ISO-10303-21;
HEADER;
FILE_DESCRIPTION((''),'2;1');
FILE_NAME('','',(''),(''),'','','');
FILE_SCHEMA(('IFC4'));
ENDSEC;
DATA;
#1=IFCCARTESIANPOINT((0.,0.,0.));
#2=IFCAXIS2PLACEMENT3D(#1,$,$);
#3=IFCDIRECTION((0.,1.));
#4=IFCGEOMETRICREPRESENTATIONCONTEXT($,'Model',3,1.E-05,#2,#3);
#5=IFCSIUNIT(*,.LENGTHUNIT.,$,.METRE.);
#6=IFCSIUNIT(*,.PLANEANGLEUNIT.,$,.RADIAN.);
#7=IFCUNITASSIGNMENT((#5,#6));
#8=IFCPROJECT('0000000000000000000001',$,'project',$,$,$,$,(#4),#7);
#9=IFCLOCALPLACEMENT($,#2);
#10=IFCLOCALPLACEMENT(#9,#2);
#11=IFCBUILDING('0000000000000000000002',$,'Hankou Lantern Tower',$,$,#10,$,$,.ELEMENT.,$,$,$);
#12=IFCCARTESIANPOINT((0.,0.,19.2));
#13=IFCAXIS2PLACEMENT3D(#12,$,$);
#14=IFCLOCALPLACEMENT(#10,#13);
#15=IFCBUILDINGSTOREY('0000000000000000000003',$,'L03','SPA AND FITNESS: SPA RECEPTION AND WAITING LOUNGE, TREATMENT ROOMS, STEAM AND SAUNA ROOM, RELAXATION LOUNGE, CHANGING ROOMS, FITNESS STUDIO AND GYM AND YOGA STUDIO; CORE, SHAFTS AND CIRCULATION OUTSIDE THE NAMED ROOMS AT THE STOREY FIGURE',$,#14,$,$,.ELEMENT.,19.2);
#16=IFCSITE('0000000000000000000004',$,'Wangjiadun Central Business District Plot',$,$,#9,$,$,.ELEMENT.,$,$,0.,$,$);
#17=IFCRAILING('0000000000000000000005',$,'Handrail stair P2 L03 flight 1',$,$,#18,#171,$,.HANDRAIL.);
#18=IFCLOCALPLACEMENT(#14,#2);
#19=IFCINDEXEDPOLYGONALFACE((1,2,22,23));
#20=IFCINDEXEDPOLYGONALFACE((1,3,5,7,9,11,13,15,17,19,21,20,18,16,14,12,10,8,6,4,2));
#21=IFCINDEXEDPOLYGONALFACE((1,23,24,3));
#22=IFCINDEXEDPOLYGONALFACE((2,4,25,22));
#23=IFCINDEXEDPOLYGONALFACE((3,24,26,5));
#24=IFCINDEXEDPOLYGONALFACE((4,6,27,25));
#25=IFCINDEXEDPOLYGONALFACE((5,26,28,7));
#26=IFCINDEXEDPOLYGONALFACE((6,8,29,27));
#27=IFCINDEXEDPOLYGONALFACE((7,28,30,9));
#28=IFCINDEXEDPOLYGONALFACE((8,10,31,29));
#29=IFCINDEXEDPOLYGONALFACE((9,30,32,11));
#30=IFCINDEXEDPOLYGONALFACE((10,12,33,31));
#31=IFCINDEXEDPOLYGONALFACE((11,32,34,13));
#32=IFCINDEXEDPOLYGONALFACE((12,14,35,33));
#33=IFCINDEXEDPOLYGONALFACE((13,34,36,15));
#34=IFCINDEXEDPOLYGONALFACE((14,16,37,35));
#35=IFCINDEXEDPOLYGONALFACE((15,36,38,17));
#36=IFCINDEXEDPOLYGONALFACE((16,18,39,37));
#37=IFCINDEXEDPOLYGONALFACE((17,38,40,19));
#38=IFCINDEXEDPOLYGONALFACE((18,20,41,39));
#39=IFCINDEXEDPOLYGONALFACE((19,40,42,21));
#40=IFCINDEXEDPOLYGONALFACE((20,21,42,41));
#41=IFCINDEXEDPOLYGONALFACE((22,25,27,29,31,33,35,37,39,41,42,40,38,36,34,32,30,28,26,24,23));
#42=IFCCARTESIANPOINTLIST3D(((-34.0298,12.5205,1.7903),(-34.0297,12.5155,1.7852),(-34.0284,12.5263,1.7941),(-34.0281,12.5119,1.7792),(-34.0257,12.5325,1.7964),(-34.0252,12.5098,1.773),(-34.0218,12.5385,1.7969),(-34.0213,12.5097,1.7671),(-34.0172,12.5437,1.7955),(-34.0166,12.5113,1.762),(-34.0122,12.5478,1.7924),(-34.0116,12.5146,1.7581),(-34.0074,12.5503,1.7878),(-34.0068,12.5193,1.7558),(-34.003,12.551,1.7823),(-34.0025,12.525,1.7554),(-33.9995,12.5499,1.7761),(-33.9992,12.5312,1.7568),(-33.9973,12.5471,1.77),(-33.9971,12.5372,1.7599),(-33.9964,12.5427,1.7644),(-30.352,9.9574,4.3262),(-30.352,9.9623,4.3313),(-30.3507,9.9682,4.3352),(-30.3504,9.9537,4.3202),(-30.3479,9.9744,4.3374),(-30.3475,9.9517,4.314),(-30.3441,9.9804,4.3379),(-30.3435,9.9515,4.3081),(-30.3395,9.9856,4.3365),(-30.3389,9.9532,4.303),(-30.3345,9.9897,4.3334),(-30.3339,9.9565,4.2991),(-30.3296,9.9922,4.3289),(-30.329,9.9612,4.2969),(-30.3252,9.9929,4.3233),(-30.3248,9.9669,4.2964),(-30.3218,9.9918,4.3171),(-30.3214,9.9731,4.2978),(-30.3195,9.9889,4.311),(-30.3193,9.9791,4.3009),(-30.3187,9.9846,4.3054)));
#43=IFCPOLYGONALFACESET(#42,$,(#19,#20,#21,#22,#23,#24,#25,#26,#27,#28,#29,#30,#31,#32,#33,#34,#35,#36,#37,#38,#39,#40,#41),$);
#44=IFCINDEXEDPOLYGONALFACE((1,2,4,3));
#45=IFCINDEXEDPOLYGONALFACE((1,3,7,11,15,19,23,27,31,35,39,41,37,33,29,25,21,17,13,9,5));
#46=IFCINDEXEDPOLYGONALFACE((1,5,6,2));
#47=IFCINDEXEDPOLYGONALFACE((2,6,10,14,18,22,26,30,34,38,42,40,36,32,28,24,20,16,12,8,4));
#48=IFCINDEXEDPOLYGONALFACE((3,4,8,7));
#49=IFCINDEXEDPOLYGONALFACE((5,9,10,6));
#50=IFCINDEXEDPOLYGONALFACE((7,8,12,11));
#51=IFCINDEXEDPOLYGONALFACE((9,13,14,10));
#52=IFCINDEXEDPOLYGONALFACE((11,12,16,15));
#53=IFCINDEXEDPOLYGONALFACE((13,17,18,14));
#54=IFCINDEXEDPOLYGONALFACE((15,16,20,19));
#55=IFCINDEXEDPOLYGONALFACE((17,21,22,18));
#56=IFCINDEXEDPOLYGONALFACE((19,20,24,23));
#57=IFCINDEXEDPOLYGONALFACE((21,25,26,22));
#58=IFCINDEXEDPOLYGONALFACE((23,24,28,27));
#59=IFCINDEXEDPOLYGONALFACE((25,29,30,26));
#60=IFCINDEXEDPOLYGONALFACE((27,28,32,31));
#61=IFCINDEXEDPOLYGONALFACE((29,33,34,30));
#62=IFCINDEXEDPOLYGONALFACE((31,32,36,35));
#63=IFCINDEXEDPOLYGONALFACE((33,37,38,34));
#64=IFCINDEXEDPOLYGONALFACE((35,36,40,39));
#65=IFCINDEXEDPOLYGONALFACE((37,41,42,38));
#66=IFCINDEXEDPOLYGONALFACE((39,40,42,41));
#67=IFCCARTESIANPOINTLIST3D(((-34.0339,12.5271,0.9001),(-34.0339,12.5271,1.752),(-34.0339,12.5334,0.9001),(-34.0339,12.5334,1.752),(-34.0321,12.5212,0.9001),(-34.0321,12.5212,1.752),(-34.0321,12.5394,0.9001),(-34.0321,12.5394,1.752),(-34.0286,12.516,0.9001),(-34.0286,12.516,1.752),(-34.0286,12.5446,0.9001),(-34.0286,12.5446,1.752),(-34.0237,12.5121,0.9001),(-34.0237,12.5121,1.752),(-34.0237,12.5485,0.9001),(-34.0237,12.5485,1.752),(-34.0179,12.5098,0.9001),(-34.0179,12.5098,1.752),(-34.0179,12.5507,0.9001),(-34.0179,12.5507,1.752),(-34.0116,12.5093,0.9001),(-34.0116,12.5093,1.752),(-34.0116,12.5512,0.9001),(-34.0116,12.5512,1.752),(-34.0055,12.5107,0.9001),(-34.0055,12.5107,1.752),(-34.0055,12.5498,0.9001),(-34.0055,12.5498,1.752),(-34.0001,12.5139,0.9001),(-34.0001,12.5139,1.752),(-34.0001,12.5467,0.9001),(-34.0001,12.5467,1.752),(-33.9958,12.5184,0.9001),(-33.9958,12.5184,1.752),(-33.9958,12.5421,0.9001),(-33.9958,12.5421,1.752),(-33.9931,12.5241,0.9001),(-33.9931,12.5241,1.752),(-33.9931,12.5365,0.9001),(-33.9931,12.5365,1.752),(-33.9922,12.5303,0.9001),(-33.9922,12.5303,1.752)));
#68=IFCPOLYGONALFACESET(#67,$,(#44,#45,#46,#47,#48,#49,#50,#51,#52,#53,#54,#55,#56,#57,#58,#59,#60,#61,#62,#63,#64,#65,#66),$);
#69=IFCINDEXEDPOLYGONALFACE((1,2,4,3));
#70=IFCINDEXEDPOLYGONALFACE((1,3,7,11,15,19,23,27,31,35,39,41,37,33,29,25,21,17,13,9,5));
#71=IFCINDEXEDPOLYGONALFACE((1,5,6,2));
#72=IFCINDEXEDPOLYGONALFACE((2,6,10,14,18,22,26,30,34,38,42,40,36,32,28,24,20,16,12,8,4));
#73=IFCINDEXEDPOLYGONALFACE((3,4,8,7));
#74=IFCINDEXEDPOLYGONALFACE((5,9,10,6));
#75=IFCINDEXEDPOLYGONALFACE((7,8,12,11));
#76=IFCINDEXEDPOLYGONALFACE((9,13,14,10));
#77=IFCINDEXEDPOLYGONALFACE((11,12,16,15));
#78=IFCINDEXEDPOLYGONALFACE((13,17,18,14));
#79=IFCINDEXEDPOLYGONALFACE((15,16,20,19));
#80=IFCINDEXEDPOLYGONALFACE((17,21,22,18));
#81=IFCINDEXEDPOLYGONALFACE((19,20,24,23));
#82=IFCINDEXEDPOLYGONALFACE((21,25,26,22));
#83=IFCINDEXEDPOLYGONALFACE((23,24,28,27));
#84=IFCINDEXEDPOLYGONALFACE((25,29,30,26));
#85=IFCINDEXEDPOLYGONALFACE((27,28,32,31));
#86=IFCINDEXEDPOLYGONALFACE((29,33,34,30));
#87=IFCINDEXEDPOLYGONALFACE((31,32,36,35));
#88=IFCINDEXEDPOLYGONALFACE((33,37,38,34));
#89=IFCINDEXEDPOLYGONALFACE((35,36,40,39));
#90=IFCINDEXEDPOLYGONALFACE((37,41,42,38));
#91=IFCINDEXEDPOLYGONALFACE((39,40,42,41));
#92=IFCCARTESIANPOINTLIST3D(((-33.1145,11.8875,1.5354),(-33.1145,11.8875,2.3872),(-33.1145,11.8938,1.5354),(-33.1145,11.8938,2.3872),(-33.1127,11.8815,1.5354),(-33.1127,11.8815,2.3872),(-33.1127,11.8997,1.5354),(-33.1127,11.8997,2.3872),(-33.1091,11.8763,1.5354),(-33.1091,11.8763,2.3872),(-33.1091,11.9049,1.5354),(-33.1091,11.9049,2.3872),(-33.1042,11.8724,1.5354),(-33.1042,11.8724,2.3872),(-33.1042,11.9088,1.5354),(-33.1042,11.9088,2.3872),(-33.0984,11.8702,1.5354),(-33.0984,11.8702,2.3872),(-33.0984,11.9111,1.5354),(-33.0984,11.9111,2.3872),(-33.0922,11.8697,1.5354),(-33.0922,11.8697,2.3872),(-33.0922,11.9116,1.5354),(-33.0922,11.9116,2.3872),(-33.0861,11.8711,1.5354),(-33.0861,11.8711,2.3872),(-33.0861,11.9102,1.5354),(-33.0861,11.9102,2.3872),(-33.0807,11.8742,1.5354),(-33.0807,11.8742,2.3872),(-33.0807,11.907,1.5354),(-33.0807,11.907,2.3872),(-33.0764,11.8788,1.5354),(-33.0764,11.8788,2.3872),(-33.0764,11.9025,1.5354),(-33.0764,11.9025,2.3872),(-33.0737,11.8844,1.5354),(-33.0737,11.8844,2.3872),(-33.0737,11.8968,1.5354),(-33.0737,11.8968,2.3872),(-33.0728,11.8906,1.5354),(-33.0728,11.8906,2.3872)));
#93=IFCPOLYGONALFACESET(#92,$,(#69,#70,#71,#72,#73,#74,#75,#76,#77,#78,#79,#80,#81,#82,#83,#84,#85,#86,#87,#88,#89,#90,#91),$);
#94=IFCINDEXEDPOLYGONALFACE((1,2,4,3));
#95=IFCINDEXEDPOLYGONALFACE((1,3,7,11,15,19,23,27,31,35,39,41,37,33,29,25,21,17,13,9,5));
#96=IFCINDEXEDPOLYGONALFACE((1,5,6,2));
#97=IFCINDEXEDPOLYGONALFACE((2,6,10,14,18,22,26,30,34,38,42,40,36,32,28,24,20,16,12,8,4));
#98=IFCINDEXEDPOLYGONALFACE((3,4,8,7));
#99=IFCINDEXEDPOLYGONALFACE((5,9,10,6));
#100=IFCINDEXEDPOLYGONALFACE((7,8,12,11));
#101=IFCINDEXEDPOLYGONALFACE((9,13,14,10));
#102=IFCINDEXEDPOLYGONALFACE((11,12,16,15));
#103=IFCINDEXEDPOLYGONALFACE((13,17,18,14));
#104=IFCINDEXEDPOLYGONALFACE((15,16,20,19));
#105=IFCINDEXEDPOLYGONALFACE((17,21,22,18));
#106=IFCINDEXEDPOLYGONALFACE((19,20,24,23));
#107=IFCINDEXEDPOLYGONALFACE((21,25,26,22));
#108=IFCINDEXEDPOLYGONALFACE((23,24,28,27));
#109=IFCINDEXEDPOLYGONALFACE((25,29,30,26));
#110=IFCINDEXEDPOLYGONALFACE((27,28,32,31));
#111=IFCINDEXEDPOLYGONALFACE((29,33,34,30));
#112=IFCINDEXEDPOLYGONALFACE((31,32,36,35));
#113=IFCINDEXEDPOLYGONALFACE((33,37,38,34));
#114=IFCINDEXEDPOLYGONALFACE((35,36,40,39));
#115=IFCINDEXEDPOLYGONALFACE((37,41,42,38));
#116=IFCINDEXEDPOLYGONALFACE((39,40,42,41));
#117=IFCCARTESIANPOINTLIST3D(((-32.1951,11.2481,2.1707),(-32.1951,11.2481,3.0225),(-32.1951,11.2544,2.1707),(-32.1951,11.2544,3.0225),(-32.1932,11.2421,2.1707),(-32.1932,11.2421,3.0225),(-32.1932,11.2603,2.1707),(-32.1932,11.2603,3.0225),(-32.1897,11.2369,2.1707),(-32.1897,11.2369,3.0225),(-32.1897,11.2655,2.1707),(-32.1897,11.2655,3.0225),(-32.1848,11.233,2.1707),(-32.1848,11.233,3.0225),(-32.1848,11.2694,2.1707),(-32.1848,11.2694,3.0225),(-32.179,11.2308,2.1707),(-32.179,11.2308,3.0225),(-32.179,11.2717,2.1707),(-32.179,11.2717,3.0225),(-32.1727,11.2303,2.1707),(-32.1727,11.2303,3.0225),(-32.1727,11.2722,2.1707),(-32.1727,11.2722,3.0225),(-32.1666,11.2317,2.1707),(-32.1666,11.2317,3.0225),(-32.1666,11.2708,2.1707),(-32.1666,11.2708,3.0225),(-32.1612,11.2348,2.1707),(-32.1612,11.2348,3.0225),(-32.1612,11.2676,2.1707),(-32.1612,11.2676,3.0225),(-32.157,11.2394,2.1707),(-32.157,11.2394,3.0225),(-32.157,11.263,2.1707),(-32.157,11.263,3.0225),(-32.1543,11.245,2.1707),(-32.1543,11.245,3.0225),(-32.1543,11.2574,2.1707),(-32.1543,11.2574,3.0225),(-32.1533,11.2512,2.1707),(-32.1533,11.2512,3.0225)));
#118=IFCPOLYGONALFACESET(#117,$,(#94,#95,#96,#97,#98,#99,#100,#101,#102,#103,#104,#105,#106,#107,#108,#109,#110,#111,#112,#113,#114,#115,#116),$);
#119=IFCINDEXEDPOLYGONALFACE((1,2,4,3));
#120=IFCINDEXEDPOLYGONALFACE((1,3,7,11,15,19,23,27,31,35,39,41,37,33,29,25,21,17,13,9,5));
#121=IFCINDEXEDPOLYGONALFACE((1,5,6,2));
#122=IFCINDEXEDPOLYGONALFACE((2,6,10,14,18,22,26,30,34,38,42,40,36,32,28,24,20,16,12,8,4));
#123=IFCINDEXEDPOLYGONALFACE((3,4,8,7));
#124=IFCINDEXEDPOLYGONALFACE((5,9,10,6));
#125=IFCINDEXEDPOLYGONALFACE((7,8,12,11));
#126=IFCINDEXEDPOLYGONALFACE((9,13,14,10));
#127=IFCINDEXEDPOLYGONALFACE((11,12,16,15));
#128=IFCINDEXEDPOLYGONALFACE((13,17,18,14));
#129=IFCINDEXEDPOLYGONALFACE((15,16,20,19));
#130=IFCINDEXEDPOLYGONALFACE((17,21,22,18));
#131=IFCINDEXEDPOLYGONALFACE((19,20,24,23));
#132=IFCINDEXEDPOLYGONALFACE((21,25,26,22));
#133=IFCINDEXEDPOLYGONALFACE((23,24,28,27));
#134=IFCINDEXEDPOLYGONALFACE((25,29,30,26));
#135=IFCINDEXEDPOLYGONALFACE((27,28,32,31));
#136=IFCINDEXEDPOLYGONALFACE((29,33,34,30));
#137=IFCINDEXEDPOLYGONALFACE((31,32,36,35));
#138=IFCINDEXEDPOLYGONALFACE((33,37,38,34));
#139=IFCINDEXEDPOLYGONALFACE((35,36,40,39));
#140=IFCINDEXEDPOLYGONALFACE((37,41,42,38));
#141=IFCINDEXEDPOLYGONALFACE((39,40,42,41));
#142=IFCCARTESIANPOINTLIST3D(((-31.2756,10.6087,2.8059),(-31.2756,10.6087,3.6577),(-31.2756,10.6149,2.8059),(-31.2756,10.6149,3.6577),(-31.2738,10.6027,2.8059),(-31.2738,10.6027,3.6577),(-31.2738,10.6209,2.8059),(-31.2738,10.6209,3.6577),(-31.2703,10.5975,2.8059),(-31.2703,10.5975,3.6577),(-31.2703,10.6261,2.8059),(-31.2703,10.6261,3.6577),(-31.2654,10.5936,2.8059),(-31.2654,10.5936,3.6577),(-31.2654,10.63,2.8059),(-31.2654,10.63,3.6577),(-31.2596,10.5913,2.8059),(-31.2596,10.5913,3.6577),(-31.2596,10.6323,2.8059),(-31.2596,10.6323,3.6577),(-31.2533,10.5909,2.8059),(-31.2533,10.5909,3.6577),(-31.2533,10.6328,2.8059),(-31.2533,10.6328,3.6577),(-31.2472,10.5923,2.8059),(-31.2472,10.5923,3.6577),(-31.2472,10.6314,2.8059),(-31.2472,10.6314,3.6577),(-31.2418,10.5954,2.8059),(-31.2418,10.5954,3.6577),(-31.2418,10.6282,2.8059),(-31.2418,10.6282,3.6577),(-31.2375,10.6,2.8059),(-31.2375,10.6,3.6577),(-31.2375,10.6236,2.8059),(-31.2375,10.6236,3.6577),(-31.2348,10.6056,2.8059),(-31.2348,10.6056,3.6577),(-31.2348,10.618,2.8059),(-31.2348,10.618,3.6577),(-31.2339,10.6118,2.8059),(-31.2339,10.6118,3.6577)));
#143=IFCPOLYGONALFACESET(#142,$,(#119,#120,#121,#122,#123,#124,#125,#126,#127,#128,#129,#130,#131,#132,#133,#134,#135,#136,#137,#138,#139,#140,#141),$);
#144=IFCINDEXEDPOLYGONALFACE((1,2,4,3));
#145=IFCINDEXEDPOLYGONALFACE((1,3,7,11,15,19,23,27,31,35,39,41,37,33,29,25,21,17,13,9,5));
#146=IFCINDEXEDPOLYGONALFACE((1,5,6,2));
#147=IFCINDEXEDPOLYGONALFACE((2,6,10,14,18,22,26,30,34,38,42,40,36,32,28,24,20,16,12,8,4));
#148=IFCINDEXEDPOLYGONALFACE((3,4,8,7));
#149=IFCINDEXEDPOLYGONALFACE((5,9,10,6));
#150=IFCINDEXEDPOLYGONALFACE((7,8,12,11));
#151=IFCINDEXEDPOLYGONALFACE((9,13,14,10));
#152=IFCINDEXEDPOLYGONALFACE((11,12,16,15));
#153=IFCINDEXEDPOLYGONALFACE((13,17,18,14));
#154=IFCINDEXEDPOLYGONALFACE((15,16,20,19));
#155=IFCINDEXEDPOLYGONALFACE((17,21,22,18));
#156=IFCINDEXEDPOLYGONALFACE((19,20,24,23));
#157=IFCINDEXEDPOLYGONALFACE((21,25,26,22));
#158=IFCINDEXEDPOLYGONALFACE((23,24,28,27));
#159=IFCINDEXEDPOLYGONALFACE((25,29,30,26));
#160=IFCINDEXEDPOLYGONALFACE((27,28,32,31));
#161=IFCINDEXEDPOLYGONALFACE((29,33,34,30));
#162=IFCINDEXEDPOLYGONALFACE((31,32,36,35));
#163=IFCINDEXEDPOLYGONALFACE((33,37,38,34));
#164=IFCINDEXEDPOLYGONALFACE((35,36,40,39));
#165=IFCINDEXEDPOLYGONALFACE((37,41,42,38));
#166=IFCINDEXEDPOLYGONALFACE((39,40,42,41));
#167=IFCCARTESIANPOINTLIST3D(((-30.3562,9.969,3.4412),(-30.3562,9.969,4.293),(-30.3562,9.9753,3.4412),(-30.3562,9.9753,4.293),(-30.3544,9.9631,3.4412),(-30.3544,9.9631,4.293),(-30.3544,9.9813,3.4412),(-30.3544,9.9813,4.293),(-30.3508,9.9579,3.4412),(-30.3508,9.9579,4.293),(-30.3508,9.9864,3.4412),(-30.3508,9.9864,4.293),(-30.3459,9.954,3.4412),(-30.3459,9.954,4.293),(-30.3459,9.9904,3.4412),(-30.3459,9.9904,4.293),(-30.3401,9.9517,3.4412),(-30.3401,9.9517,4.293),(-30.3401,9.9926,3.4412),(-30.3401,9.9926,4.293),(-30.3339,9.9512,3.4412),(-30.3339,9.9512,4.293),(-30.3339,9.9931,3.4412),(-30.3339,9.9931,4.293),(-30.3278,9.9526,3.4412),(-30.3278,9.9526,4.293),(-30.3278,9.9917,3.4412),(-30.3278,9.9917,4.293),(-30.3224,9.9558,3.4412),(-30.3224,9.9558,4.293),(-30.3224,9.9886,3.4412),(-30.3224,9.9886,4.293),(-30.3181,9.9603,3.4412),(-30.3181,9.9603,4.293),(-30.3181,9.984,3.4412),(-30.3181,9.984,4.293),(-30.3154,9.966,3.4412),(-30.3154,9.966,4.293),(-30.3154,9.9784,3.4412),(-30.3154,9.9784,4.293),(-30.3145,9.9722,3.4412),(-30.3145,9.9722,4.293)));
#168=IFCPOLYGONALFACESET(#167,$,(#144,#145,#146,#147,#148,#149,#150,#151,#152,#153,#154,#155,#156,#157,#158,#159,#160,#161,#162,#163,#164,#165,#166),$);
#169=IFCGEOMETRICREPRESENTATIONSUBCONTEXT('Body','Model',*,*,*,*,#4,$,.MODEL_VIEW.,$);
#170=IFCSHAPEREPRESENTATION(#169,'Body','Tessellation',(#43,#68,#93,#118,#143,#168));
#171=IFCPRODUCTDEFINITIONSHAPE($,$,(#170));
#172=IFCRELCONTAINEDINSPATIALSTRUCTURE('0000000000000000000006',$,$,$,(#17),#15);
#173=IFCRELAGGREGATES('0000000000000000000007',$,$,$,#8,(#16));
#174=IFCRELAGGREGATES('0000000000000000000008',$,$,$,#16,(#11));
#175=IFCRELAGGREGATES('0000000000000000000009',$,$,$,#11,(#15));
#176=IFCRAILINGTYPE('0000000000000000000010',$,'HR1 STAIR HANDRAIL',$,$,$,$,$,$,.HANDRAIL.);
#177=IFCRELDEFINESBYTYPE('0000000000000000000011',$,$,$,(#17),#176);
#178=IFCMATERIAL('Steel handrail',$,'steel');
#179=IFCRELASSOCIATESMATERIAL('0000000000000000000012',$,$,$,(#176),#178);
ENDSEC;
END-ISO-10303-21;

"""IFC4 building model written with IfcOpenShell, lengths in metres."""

from ifc_helpers import new_model, si_unit, direction, frame, origin, origin_2d, place, context, subcontext, project, spatial, circle, extrude, material, type_object, element, save


model = new_model("IFC4")

# Units and contexts
model_context = context("Model", 3, precision=1e-05, world=origin(), true_north=direction((0.0, 1.0)))
body_context = subcontext(model_context, "Body", "Model", "MODEL_VIEW")
ifc_project = project(units=[si_unit("LENGTHUNIT", "METRE"), si_unit("PLANEANGLEUNIT", "RADIAN")], contexts=[model_context])

# Site, building, storey
site_placement = place(None, origin())
site = spatial("IfcSite", under=ifc_project, at=site_placement, Name="Wangjiadun Central Business District Plot", CompositionType="ELEMENT", RefElevation=0.0)
building_placement = place(site_placement, origin())
building = spatial("IfcBuilding", under=site, at=building_placement, Name="Hankou Lantern Tower", CompositionType="ELEMENT")
storey_placement = place(building_placement, frame((0.0, 0.0, 19.2)))
storey = spatial("IfcBuildingStorey", under=building, at=storey_placement, Name="L03", Description="SPA AND FITNESS: SPA RECEPTION AND WAITING LOUNGE, TREATMENT ROOMS, STEAM AND SAUNA ROOM, RELAXATION LOUNGE, CHANGING ROOMS, FITNESS STUDIO AND GYM AND YOGA STUDIO; CORE, SHAFTS AND CIRCULATION OUTSIDE THE NAMED ROOMS AT THE STOREY FIGURE", CompositionType="ELEMENT", Elevation=19.2)

# Railing
ifc_material_1 = material(Name="Steel handrail", Category="steel")
railing_type = type_object("IfcRailingType", Name="HR1 STAIR HANDRAIL", PredefinedType="HANDRAIL", material=ifc_material_1)
railing_placement = place(storey_placement, frame((-34.0132, 12.5303, 0.9001)))
element("IfcRailing", 1, at=railing_placement, inside=storey, type_object=railing_type, Name="Handrail stair P2 L03 flight 1", PredefinedType="HANDRAIL", context=body_context, shape_type="SweptSolid", body=[
    extrude(circle(Radius=0.0239, at=origin_2d()), frame((0.0, 0.0, 0.876), z_axis=(0.714071, -0.496683, 0.493365), x_axis=(0.571017, 0.820939, 0.0)), (0.0, 0.0, 1.0), 5.1504),
    extrude(circle(Radius=0.021, at=origin_2d()), origin(), (0.0, 0.0, 1.0), 0.8518),
    extrude(circle(Radius=0.021, at=origin_2d()), frame((0.9194, -0.6396, 0.6353)), (0.0, 0.0, 1.0), 0.8518),
    extrude(circle(Radius=0.021, at=origin_2d()), frame((1.8389, -1.2791, 1.2705)), (0.0, 0.0, 1.0), 0.8518),
    extrude(circle(Radius=0.021, at=origin_2d()), frame((2.7583, -1.9185, 1.9058)), (0.0, 0.0, 1.0), 0.8518),
    extrude(circle(Radius=0.021, at=origin_2d()), frame((3.6777, -2.5581, 2.541)), (0.0, 0.0, 1.0), 0.8518),
])

save(model, "model.ifc")
